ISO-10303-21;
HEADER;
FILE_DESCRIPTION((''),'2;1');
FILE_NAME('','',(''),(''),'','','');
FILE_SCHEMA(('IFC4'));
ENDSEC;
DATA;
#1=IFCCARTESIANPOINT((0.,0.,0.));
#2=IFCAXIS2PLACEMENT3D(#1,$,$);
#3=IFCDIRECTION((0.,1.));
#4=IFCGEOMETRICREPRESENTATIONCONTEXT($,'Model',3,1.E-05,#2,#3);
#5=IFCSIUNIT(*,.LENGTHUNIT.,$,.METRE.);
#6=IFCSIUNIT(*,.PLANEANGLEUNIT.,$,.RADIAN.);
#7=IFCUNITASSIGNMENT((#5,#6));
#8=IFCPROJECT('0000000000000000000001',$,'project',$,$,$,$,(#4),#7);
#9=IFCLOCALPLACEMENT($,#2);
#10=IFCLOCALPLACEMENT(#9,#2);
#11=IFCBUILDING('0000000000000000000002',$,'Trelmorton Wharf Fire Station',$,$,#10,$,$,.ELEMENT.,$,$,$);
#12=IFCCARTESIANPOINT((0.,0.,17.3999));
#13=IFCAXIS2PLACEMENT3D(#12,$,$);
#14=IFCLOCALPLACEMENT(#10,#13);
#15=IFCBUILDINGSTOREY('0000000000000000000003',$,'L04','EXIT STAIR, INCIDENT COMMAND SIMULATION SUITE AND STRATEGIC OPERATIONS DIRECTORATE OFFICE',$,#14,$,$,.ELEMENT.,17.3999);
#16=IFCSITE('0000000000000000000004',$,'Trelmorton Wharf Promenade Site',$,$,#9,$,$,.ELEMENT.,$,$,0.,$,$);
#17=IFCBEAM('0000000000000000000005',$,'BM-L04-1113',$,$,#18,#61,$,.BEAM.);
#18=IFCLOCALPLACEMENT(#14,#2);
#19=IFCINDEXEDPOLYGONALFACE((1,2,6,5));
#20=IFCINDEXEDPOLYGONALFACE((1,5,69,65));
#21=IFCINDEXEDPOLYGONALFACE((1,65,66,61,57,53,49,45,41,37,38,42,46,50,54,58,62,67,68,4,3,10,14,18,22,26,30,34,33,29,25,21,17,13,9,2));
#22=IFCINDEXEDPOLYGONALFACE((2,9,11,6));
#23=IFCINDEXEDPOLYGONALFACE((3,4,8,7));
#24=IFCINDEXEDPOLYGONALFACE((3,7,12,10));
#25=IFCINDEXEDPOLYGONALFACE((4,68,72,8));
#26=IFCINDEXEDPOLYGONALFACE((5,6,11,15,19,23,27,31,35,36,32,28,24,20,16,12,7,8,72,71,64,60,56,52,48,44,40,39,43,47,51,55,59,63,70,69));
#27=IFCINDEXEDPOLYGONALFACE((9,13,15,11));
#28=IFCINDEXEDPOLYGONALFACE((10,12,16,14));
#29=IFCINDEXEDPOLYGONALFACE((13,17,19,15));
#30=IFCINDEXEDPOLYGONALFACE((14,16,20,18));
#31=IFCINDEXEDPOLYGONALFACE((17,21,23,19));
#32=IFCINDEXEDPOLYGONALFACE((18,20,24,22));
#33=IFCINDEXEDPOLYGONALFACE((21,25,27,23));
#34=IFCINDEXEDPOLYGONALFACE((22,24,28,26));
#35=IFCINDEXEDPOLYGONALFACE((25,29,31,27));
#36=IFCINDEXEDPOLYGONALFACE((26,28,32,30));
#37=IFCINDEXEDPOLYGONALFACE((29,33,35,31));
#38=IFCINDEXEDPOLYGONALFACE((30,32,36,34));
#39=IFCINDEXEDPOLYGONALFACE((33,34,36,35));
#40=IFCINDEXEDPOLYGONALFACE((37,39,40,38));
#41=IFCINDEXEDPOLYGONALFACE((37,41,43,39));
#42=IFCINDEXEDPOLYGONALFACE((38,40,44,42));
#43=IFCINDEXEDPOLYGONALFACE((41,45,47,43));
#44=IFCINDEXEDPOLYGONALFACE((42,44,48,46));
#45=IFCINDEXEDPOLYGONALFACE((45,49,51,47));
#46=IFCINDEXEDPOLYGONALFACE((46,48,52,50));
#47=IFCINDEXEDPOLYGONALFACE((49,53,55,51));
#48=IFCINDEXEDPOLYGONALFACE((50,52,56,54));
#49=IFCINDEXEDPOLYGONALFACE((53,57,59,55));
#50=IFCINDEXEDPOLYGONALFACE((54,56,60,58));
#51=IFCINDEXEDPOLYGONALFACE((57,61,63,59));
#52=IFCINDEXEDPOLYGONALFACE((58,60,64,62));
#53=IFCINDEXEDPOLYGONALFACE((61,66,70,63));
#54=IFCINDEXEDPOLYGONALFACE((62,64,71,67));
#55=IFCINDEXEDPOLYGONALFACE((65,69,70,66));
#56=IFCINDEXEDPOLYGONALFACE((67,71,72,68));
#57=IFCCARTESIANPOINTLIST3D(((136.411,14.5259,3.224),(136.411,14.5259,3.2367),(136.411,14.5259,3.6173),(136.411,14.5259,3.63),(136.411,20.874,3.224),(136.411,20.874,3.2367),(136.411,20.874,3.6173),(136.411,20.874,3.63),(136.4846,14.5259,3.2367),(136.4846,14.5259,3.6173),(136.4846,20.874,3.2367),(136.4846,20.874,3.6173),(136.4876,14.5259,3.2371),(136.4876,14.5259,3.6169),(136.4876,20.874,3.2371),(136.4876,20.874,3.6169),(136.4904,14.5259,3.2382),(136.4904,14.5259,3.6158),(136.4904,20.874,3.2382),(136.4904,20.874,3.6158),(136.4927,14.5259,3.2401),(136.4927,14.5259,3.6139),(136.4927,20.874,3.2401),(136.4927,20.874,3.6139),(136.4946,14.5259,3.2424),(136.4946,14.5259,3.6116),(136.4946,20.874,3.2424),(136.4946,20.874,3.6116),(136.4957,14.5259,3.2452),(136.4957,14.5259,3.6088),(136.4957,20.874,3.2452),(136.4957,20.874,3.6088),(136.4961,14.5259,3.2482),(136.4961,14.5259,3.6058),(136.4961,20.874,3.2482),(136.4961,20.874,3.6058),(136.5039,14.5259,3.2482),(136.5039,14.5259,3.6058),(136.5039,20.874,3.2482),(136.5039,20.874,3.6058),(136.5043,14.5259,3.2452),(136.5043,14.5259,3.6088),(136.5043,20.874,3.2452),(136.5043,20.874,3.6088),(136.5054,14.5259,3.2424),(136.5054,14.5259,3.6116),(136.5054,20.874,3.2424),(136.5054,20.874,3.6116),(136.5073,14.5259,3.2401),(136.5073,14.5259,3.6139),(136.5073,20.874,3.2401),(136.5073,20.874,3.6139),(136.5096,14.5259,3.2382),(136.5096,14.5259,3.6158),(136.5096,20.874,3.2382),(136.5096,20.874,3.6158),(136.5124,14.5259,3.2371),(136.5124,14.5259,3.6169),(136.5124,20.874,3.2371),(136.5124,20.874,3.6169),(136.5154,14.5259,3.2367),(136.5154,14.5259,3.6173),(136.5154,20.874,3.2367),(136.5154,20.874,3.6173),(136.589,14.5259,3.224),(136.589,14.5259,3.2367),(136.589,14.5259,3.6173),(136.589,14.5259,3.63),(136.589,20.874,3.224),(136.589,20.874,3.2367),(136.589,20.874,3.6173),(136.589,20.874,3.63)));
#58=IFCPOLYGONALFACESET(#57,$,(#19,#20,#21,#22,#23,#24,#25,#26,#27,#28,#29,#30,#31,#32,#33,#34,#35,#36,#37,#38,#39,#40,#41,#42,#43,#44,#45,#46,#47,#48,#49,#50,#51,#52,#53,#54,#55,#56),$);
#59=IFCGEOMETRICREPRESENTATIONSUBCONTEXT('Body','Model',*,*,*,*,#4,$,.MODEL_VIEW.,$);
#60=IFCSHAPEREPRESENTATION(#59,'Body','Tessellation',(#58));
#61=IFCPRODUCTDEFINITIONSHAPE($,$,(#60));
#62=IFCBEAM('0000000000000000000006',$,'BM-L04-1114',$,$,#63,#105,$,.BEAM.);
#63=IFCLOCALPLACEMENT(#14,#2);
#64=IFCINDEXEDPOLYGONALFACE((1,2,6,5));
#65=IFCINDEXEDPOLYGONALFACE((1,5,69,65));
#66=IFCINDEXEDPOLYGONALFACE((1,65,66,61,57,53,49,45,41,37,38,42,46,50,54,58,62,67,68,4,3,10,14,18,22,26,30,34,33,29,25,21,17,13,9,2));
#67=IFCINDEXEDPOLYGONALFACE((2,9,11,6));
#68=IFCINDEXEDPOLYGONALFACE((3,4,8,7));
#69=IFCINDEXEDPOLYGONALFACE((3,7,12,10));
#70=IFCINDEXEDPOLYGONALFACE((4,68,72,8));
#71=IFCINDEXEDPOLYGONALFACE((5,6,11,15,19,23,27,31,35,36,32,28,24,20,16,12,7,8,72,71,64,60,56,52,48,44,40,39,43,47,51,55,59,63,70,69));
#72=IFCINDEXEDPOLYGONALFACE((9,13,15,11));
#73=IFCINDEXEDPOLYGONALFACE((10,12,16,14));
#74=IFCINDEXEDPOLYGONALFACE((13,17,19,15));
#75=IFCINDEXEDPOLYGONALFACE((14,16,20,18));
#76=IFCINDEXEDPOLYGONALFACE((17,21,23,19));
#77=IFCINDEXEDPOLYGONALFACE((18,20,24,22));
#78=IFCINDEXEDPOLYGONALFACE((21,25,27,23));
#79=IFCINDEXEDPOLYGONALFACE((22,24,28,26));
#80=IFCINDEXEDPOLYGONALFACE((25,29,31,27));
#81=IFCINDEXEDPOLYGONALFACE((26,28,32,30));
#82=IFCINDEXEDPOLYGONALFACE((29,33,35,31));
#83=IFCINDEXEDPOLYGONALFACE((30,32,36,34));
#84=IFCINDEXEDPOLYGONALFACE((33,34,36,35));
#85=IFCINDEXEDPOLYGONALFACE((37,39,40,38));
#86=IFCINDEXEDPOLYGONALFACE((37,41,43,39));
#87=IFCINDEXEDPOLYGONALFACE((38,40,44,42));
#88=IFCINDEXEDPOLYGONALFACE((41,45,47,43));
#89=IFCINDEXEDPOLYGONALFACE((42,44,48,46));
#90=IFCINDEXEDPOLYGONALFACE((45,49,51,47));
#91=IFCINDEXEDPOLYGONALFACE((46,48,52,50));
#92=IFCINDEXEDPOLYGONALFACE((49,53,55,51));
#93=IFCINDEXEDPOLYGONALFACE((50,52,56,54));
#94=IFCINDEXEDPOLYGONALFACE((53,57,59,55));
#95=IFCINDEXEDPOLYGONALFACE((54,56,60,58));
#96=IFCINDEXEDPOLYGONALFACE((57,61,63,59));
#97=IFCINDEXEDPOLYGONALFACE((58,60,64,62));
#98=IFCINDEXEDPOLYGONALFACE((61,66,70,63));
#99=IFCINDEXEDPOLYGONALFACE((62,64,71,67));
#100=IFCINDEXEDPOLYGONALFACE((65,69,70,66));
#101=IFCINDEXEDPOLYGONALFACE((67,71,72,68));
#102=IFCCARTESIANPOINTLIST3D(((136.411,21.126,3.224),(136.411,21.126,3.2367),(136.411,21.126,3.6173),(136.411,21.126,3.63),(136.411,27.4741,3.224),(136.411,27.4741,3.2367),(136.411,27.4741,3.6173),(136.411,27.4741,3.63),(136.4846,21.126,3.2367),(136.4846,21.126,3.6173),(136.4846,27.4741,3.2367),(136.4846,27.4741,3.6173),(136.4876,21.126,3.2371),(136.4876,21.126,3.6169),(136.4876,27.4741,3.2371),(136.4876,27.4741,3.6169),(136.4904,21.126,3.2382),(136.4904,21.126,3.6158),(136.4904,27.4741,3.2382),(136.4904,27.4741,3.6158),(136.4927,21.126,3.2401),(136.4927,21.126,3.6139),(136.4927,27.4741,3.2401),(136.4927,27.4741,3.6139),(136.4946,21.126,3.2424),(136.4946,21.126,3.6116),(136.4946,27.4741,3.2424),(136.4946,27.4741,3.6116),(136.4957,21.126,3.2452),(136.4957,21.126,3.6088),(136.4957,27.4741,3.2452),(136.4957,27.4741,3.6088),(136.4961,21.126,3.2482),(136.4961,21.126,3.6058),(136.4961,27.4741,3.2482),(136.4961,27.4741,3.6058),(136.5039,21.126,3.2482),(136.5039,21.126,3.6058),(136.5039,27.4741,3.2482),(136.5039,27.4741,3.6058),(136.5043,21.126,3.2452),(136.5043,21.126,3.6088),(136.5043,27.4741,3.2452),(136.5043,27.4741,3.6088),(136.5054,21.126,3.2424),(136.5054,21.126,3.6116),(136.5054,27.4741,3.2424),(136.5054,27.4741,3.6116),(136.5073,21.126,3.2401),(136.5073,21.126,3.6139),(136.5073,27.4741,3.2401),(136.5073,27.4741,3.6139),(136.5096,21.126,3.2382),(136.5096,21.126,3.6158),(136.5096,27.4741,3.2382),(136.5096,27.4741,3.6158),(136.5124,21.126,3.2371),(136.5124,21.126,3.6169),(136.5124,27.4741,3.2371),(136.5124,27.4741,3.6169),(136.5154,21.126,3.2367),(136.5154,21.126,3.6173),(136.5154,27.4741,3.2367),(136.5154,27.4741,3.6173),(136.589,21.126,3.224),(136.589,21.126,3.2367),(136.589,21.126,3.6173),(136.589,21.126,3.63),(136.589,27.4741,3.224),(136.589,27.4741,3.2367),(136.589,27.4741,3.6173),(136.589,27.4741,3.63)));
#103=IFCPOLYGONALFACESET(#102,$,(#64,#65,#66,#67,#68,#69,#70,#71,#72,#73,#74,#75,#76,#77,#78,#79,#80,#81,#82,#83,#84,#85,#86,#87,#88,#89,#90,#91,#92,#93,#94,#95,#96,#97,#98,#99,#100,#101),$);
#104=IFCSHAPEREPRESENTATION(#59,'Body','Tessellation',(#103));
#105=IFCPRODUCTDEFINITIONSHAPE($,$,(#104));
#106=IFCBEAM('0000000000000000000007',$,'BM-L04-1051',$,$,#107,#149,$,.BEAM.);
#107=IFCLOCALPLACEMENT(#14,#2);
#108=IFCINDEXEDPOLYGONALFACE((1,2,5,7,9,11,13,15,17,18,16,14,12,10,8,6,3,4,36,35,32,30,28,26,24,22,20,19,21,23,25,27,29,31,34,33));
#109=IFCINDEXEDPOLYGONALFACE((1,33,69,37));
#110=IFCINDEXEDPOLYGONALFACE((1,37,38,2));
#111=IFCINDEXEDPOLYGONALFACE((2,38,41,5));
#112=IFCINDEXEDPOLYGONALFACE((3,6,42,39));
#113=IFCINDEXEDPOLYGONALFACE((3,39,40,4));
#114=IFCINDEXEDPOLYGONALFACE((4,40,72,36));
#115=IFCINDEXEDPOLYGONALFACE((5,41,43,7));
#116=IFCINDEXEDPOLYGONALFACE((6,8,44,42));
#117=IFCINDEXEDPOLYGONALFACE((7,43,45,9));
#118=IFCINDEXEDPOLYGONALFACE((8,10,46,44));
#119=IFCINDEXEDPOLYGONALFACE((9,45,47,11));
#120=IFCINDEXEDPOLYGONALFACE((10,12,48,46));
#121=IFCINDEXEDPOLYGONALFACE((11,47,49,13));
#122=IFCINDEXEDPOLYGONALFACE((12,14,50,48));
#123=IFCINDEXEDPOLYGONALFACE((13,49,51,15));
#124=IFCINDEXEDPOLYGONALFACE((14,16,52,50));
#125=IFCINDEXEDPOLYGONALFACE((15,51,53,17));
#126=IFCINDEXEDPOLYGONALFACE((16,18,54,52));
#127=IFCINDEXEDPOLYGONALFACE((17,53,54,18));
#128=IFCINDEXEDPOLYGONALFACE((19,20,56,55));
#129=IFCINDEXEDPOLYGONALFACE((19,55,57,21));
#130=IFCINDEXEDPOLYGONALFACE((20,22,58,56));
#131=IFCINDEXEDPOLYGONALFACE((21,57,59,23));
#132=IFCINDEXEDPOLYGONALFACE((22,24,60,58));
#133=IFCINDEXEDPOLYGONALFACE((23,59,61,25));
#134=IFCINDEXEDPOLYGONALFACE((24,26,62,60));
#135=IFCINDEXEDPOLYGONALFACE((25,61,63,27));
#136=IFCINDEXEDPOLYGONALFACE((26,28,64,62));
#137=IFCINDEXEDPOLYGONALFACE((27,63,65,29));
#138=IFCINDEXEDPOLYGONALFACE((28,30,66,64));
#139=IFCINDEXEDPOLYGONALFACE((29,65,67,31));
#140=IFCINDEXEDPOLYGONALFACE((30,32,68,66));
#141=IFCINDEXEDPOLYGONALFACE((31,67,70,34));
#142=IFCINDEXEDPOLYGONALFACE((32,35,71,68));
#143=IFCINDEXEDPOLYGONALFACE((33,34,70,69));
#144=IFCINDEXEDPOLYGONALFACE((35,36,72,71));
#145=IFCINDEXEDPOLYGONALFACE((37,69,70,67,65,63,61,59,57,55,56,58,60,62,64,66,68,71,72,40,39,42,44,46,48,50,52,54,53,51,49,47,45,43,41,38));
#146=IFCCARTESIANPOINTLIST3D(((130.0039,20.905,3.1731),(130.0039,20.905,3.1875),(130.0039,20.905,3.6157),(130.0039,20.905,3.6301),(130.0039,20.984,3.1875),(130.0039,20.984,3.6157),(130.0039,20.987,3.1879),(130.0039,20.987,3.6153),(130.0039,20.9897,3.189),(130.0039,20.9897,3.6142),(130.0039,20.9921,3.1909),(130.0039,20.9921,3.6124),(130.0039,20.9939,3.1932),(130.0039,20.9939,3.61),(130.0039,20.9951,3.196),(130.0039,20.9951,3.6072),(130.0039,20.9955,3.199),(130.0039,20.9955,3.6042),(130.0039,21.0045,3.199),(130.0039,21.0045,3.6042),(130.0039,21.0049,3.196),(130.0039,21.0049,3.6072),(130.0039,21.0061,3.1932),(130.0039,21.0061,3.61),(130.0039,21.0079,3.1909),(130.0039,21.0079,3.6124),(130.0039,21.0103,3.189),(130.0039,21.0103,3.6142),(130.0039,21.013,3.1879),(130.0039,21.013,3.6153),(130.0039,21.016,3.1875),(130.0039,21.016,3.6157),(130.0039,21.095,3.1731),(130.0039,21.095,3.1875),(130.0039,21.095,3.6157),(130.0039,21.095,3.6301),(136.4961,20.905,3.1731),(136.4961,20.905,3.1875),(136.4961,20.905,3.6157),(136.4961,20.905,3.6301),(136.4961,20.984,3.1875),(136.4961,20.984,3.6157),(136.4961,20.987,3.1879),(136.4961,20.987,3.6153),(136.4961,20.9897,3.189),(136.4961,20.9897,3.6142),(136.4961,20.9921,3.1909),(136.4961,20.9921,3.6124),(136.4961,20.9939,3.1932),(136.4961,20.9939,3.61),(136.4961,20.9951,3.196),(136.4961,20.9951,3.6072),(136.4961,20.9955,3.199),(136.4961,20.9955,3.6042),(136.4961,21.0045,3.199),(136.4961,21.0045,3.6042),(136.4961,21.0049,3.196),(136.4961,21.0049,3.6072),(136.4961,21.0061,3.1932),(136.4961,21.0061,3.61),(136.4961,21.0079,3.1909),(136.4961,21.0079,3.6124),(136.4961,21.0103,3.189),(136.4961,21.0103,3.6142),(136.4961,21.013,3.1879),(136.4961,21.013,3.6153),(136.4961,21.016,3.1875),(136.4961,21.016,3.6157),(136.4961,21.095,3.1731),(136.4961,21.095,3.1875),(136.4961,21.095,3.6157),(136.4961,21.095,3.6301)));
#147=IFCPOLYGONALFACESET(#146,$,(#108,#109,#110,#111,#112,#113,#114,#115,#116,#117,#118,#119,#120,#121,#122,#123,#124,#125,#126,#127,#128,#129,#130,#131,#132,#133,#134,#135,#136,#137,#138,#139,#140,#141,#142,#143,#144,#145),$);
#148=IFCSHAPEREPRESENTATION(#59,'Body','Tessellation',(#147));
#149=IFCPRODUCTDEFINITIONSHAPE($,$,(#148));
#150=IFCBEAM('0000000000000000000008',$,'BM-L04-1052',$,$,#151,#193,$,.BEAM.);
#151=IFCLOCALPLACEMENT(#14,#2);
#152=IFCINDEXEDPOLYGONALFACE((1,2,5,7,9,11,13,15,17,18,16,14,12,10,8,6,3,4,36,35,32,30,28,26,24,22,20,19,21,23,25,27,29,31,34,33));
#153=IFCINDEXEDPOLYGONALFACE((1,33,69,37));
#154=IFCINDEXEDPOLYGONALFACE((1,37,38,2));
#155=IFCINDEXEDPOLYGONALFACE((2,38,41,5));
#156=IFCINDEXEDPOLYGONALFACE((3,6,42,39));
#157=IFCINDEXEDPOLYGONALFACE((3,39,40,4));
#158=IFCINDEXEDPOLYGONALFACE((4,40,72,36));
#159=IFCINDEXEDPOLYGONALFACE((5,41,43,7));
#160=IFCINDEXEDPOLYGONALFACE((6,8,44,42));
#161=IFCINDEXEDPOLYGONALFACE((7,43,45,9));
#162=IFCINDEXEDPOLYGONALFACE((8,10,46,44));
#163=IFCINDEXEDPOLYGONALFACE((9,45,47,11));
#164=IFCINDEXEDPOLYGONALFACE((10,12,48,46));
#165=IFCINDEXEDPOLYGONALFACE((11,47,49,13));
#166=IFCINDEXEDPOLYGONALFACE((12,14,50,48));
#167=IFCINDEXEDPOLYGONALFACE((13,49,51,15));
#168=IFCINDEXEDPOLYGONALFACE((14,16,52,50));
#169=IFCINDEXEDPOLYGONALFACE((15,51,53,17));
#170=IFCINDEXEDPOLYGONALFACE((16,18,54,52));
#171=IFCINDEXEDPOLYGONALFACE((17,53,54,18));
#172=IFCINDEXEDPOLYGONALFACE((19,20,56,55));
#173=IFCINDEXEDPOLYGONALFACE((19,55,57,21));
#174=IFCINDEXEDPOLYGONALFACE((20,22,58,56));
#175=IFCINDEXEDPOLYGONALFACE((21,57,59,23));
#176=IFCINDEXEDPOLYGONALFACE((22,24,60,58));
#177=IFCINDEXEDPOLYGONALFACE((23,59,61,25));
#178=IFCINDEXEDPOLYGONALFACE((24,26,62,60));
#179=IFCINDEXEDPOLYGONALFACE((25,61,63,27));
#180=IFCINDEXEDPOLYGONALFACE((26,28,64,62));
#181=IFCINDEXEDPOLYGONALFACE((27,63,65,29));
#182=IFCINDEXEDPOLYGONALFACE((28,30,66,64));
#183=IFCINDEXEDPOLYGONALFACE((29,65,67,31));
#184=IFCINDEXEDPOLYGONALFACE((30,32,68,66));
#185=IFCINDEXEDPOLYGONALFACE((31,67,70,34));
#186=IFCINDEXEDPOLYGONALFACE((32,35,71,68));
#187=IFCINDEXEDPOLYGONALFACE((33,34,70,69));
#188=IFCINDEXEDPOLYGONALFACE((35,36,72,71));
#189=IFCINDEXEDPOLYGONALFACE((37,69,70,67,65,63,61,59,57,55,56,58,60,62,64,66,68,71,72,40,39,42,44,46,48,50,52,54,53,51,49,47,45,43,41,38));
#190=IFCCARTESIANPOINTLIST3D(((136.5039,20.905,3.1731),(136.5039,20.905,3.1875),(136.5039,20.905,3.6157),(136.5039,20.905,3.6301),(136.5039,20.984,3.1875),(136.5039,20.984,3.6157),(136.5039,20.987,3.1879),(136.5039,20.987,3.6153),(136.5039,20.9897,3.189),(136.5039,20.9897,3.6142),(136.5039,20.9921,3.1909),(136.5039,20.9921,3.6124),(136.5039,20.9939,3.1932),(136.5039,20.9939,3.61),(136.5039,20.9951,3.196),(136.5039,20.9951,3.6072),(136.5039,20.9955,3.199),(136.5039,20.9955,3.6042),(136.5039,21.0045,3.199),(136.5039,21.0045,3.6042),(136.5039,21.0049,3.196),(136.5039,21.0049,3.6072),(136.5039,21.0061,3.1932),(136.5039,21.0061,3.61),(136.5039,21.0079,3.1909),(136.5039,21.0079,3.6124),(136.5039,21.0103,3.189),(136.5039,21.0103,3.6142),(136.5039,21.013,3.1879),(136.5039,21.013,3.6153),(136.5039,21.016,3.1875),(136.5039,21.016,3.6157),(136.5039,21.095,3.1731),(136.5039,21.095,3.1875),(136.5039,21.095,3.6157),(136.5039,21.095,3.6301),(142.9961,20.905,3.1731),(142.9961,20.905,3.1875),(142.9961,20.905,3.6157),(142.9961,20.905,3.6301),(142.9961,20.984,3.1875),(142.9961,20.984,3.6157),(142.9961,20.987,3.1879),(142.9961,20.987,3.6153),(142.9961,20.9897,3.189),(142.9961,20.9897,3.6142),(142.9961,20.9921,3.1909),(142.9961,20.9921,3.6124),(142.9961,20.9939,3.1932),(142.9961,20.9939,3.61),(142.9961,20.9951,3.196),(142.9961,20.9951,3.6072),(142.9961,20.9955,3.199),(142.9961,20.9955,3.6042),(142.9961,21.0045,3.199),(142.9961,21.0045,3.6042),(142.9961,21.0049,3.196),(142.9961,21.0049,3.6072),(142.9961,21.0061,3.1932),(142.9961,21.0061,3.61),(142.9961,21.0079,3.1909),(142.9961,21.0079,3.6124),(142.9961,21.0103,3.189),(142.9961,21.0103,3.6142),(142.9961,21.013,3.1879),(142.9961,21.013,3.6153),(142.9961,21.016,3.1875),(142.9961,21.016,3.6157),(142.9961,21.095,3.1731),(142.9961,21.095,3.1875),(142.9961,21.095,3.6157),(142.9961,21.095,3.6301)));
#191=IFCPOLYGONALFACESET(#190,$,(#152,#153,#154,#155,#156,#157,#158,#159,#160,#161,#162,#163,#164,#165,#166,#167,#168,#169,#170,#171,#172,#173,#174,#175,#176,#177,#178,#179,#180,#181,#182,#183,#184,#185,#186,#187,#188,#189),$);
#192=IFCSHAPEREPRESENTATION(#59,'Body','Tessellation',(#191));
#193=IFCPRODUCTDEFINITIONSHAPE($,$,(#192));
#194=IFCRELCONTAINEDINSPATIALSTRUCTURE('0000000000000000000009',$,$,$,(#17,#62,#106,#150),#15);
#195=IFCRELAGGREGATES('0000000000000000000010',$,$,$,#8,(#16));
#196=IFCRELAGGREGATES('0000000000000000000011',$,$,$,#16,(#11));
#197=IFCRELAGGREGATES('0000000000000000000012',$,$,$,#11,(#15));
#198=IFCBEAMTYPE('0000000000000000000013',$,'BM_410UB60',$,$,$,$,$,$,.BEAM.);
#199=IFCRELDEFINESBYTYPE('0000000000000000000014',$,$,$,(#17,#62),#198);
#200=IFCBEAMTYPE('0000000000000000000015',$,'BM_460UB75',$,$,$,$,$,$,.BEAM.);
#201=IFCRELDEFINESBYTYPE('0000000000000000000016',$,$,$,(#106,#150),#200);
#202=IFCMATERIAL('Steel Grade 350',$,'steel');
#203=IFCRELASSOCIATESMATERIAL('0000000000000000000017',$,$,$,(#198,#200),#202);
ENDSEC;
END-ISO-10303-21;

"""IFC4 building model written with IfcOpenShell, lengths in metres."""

from ifc_helpers import new_model, si_unit, direction, frame, origin, origin_2d, place, context, subcontext, project, spatial, i_section, extrude, material, material_profile, profile_set, type_object, element, save


model = new_model("IFC4")

# Units and contexts
model_context = context("Model", 3, precision=1e-05, world=origin(), true_north=direction((0.0, 1.0)))
body_context = subcontext(model_context, "Body", "Model", "MODEL_VIEW")
ifc_project = project(units=[si_unit("LENGTHUNIT", "METRE"), si_unit("PLANEANGLEUNIT", "RADIAN")], contexts=[model_context])

# Site, building, storey
site_placement = place(None, origin())
site = spatial("IfcSite", under=ifc_project, at=site_placement, Name="Trelmorton Wharf Promenade Site", CompositionType="ELEMENT", RefElevation=0.0)
building_placement = place(site_placement, origin())
building = spatial("IfcBuilding", under=site, at=building_placement, Name="Trelmorton Wharf Fire Station", CompositionType="ELEMENT")
storey_placement = place(building_placement, frame((0.0, 0.0, 17.3999)))
storey = spatial("IfcBuildingStorey", under=building, at=storey_placement, Name="L04", Description="EXIT STAIR, INCIDENT COMMAND SIMULATION SUITE AND STRATEGIC OPERATIONS DIRECTORATE OFFICE", CompositionType="ELEMENT", Elevation=17.3999)

# Shared definitions
ifc_material_1 = material(Name="Steel Grade 350", Category="steel")

# Beams
ifc_material_profile_1 = material_profile(ifc_material_1, i_section(OverallWidth=0.178, OverallDepth=0.406, WebThickness=0.0078, FlangeThickness=0.0127, FilletRadius=0.0115, at=origin_2d()), Name="410UB59.7")
ifc_profile_set_1 = profile_set([ifc_material_profile_1], Name="Steel Grade 350")
beam_type_1 = type_object("IfcBeamType", Name="BM_410UB60", PredefinedType="BEAM", material=ifc_profile_set_1)
for number, where, z_axis, x_axis, name in (
    (1, (136.5, 14.5259, 3.427), (0.0, 1.0, 0.0), (-1.0, 0.0, 0.0), "BM-L04-1113"),
    (2, (136.5, 21.126, 3.427), (0.0, 1.0, 0.0), (-1.0, 0.0, 0.0), "BM-L04-1114"),
):
    element("IfcBeam", number, at=place(storey_placement, frame(where, z_axis=z_axis, x_axis=x_axis)), inside=storey, type_object=beam_type_1, Name=name, PredefinedType="BEAM", context=body_context, shape_type="SweptSolid", body=[
        extrude(i_section(OverallWidth=0.178, OverallDepth=0.406, WebThickness=0.0078, FlangeThickness=0.0127, FilletRadius=0.0115, at=origin_2d()), origin(), (0.0, 0.0, 1.0), 6.3481),
    ])
ifc_material_profile_2 = material_profile(ifc_material_1, i_section(OverallWidth=0.1899, OverallDepth=0.457, WebThickness=0.009, FlangeThickness=0.0144, FilletRadius=0.0115, at=origin_2d()), Name="460UB74.6")
ifc_profile_set_2 = profile_set([ifc_material_profile_2], Name="Steel Grade 350")
beam_type_2 = type_object("IfcBeamType", Name="BM_460UB75", PredefinedType="BEAM", material=ifc_profile_set_2)
for number, where, z_axis, x_axis, name in (
    (3, (130.0039, 21.0, 3.4016), (1.0, 0.0, 0.0), (0.0, 1.0, 0.0), "BM-L04-1051"),
    (4, (136.5039, 21.0, 3.4016), (1.0, 0.0, 0.0), (0.0, 1.0, 0.0), "BM-L04-1052"),
):
    element("IfcBeam", number, at=place(storey_placement, frame(where, z_axis=z_axis, x_axis=x_axis)), inside=storey, type_object=beam_type_2, Name=name, PredefinedType="BEAM", context=body_context, shape_type="SweptSolid", body=[
        extrude(i_section(OverallWidth=0.1899, OverallDepth=0.457, WebThickness=0.009, FlangeThickness=0.0144, FilletRadius=0.0115, at=origin_2d()), origin(), (0.0, 0.0, 1.0), 6.4922),
    ])

save(model, "model.ifc")
